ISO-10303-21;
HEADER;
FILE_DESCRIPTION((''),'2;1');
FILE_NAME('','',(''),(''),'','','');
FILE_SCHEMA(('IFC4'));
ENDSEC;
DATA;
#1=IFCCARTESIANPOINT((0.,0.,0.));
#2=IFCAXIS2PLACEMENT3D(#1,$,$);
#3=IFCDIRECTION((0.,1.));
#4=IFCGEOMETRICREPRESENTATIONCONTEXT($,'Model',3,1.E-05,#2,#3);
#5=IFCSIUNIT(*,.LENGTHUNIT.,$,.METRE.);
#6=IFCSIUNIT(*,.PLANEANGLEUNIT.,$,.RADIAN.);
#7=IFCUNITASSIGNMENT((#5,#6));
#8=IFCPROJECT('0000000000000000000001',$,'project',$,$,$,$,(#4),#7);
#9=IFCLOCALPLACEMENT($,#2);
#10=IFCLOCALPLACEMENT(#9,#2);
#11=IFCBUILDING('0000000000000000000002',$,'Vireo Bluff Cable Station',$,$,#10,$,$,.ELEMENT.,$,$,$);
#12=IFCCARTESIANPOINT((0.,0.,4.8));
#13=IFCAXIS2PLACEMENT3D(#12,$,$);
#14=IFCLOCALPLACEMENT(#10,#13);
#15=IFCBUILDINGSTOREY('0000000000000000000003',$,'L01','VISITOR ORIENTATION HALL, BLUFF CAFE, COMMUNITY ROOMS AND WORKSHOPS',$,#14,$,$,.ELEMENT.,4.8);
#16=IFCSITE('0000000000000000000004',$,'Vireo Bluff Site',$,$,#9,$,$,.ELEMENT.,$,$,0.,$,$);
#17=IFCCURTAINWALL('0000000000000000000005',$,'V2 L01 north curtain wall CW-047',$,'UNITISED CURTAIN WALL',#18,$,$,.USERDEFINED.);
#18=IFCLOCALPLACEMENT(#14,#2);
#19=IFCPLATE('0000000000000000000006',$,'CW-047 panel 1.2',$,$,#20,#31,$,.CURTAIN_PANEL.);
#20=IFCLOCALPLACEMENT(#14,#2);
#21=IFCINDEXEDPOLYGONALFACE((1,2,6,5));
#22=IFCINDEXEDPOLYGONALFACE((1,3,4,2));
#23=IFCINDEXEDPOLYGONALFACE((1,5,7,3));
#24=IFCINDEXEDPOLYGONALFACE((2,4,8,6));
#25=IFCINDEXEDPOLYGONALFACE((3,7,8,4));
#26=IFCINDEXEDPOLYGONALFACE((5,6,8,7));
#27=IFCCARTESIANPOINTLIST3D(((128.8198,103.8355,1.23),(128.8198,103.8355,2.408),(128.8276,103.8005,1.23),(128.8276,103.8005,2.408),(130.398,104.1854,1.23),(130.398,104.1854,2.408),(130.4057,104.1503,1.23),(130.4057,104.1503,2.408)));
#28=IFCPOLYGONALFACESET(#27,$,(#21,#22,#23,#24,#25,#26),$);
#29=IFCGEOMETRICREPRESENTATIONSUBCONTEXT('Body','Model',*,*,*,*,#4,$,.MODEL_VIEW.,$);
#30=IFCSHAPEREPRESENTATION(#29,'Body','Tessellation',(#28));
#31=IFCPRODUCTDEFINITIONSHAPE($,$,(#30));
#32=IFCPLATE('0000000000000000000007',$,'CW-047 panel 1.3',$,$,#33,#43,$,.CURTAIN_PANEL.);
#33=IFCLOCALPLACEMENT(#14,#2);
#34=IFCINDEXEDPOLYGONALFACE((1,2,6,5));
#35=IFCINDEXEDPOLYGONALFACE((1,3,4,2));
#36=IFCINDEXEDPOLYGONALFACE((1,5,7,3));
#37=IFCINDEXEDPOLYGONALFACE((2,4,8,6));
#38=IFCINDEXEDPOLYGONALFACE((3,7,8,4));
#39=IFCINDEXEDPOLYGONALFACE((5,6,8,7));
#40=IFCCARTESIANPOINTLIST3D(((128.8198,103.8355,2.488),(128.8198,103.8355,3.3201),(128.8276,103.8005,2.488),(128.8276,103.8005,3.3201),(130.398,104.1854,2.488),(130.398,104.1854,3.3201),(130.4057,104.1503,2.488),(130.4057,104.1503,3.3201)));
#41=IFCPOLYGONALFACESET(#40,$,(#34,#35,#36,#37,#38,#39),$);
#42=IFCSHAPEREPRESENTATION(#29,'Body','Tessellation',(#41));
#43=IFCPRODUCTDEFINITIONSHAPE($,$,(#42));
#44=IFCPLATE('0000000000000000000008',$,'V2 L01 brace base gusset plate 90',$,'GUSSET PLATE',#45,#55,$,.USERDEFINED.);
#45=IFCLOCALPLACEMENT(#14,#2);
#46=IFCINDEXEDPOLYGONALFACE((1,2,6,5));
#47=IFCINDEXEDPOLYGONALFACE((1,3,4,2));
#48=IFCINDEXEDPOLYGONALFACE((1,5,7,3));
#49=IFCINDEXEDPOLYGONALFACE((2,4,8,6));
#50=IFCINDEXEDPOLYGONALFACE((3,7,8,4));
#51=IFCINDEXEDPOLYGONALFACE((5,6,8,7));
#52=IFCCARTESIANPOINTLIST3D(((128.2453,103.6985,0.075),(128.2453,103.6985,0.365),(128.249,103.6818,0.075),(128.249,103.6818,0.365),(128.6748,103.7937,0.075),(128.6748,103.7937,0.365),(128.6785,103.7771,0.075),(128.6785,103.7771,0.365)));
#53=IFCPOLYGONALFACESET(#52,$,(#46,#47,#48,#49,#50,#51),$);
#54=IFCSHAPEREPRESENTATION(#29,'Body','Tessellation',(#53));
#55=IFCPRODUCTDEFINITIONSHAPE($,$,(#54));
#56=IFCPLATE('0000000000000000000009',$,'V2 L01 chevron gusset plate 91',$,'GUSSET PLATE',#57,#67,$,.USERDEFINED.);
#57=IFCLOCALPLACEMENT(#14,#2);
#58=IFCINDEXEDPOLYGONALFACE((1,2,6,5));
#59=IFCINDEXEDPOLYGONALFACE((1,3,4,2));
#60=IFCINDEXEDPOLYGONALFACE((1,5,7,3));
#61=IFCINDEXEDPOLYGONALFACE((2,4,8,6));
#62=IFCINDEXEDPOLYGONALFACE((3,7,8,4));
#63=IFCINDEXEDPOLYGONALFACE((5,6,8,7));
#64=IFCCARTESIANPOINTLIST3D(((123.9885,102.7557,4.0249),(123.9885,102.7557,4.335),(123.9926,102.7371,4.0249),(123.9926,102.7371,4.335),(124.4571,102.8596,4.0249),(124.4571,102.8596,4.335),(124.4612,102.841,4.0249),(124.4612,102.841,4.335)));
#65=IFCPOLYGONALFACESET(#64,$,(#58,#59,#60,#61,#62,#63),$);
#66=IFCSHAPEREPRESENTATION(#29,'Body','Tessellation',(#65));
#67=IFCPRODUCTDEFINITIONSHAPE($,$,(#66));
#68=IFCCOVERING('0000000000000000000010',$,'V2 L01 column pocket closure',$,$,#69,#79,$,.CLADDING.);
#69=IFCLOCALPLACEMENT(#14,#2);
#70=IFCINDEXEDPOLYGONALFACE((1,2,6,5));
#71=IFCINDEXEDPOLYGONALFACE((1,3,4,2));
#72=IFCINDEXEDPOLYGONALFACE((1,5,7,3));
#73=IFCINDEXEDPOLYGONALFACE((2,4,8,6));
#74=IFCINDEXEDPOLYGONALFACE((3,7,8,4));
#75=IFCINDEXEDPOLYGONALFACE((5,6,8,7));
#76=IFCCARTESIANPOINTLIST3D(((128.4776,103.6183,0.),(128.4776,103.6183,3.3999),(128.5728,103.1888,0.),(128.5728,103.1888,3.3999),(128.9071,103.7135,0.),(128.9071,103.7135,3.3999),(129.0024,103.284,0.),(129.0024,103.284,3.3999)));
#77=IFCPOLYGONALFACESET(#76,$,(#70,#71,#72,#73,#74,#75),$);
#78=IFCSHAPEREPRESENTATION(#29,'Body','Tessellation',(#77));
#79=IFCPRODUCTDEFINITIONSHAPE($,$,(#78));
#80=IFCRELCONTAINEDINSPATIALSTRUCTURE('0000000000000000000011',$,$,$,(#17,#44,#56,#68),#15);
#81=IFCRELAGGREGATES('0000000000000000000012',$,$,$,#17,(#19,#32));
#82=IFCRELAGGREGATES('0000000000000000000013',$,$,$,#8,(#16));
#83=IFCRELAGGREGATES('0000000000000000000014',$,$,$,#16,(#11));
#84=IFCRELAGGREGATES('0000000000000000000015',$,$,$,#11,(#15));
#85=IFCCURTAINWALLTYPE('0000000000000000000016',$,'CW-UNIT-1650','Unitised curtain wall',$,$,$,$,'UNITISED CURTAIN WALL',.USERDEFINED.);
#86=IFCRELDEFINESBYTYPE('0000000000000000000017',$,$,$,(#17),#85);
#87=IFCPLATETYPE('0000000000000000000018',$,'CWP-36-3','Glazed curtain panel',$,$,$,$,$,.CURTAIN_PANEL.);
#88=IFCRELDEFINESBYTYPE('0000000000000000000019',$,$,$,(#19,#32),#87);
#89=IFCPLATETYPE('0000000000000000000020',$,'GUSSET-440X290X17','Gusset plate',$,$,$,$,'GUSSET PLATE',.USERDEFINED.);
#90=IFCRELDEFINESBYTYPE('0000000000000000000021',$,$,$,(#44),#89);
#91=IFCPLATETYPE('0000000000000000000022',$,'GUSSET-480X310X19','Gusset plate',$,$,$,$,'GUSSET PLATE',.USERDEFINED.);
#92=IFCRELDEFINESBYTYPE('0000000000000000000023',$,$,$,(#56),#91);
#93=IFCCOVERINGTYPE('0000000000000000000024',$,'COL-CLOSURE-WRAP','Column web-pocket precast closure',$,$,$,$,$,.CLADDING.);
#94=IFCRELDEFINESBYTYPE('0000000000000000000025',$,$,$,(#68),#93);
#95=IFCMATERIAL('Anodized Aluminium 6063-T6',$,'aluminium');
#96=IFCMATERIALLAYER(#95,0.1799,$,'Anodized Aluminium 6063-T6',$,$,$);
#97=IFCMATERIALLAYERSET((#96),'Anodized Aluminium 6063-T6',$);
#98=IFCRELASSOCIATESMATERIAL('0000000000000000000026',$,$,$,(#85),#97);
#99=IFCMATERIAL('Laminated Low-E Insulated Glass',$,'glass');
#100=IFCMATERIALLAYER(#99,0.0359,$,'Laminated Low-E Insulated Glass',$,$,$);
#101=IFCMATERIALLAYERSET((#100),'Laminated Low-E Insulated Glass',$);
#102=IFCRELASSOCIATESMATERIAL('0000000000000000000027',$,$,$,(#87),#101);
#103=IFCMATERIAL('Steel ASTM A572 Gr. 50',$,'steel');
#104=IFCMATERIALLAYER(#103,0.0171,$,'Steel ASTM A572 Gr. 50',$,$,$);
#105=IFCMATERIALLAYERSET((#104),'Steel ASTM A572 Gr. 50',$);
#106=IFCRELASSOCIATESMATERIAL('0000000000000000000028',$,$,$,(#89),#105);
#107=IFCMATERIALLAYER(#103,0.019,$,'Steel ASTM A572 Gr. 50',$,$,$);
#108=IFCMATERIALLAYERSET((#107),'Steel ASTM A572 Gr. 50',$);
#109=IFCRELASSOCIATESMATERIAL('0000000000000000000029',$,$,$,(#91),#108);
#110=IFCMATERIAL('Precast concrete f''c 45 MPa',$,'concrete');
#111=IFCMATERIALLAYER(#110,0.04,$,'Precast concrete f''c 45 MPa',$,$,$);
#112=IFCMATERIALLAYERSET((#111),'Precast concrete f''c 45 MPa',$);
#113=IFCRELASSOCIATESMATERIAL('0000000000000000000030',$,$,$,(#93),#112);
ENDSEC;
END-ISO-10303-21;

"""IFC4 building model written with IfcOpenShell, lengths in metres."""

from ifc_helpers import new_model, si_unit, direction, frame, origin, origin_2d, place, context, subcontext, project, spatial, rectangle, extrude, material, layer, layer_set, type_object, element, aggregate, save


model = new_model("IFC4")

# Units and contexts
model_context = context("Model", 3, precision=1e-05, world=origin(), true_north=direction((0.0, 1.0)))
body_context = subcontext(model_context, "Body", "Model", "MODEL_VIEW")
ifc_project = project(units=[si_unit("LENGTHUNIT", "METRE"), si_unit("PLANEANGLEUNIT", "RADIAN")], contexts=[model_context])

# Site, building, storey
site_placement = place(None, origin())
site = spatial("IfcSite", under=ifc_project, at=site_placement, Name="Vireo Bluff Site", CompositionType="ELEMENT", RefElevation=0.0)
building_placement = place(site_placement, origin())
building = spatial("IfcBuilding", under=site, at=building_placement, Name="Vireo Bluff Cable Station", CompositionType="ELEMENT")
storey_placement = place(building_placement, frame((0.0, 0.0, 4.8)))
storey = spatial("IfcBuildingStorey", under=building, at=storey_placement, Name="L01", Description="VISITOR ORIENTATION HALL, BLUFF CAFE, COMMUNITY ROOMS AND WORKSHOPS", CompositionType="ELEMENT", Elevation=4.8)

# Curtain wall
ifc_material_1 = material(Name="Anodized Aluminium 6063-T6", Category="aluminium")
ifc_layer_1 = layer(ifc_material_1, 0.1799, Name="Anodized Aluminium 6063-T6")
ifc_layer_set_1 = layer_set([ifc_layer_1], Name="Anodized Aluminium 6063-T6")
curtain_wall_type_1 = type_object("IfcCurtainWallType", Name="CW-UNIT-1650", Description="Unitised curtain wall", ElementType="UNITISED CURTAIN WALL", PredefinedType="USERDEFINED", material=ifc_layer_set_1)
curtain_wall_1_placement = place(storey_placement, origin())
curtain_wall_1 = element("IfcCurtainWall", 1, at=curtain_wall_1_placement, inside=storey, type_object=curtain_wall_type_1, Name="V2 L01 north curtain wall CW-047", ObjectType="UNITISED CURTAIN WALL", PredefinedType="USERDEFINED")

# Plates
ifc_material_2 = material(Name="Laminated Low-E Insulated Glass", Category="glass")
ifc_layer_2 = layer(ifc_material_2, 0.0359, Name="Laminated Low-E Insulated Glass")
ifc_layer_set_2 = layer_set([ifc_layer_2], Name="Laminated Low-E Insulated Glass")
plate_type_1 = type_object("IfcPlateType", Name="CWP-36-3", Description="Glazed curtain panel", PredefinedType="CURTAIN_PANEL", material=ifc_layer_set_2)
plate_1_placement = place(storey_placement, frame((129.6128, 103.9929, 1.23), z_axis=(0.0, 0.0, 1.0), x_axis=(0.976296, 0.21644, 0.0)))
plate_1 = element("IfcPlate", 2, at=plate_1_placement, type_object=plate_type_1, Name="CW-047 panel 1.2", PredefinedType="CURTAIN_PANEL", context=body_context, shape_type="SweptSolid", body=[
    extrude(rectangle(XDim=1.6165, YDim=0.0359, at=origin_2d()), origin(), (0.0, 0.0, 1.0), 1.178),
])
plate_2_placement = place(storey_placement, frame((129.6128, 103.9929, 2.488), z_axis=(0.0, 0.0, 1.0), x_axis=(0.976296, 0.21644, 0.0)))
plate_2 = element("IfcPlate", 3, at=plate_2_placement, type_object=plate_type_1, Name="CW-047 panel 1.3", PredefinedType="CURTAIN_PANEL", context=body_context, shape_type="SweptSolid", body=[
    extrude(rectangle(XDim=1.6165, YDim=0.0359, at=origin_2d()), origin(), (0.0, 0.0, 1.0), 0.832),
])
aggregate(curtain_wall_1, [plate_1, plate_2])

# Plates
ifc_material_3 = material(Name="Steel ASTM A572 Gr. 50", Category="steel")
ifc_layer_3 = layer(ifc_material_3, 0.0171, Name="Steel ASTM A572 Gr. 50")
ifc_layer_set_3 = layer_set([ifc_layer_3], Name="Steel ASTM A572 Gr. 50")
plate_type_2 = type_object("IfcPlateType", Name="GUSSET-440X290X17", Description="Gusset plate", ElementType="GUSSET PLATE", PredefinedType="USERDEFINED", material=ifc_layer_set_3)
plate_3_placement = place(storey_placement, frame((128.4619, 103.7378, 0.075), z_axis=(0.0, 0.0, 1.0), x_axis=(0.976296, 0.21644, 0.0)))
element("IfcPlate", 4, at=plate_3_placement, inside=storey, type_object=plate_type_2, Name="V2 L01 brace base gusset plate 90", ObjectType="GUSSET PLATE", PredefinedType="USERDEFINED", context=body_context, shape_type="SweptSolid", body=[
    extrude(rectangle(XDim=0.4399, YDim=0.0171, at=origin_2d()), origin(), (0.0, 0.0, 1.0), 0.29),
])
ifc_layer_4 = layer(ifc_material_3, 0.019, Name="Steel ASTM A572 Gr. 50")
ifc_layer_set_4 = layer_set([ifc_layer_4], Name="Steel ASTM A572 Gr. 50")
plate_type_3 = type_object("IfcPlateType", Name="GUSSET-480X310X19", Description="Gusset plate", ElementType="GUSSET PLATE", PredefinedType="USERDEFINED", material=ifc_layer_set_4)
plate_4_placement = place(storey_placement, frame((124.2249, 102.7983, 4.0249), z_axis=(0.0, 0.0, 1.0), x_axis=(0.976296, 0.21644, 0.0)))
element("IfcPlate", 5, at=plate_4_placement, inside=storey, type_object=plate_type_3, Name="V2 L01 chevron gusset plate 91", ObjectType="GUSSET PLATE", PredefinedType="USERDEFINED", context=body_context, shape_type="SweptSolid", body=[
    extrude(rectangle(XDim=0.48, YDim=0.019, at=origin_2d()), origin(), (0.0, 0.0, 1.0), 0.3101),
])

# Covering
ifc_material_4 = material(Name="Precast concrete f'c 45 MPa", Category="concrete")
ifc_layer_5 = layer(ifc_material_4, 0.04, Name="Precast concrete f'c 45 MPa")
ifc_layer_set_5 = layer_set([ifc_layer_5], Name="Precast concrete f'c 45 MPa")
covering_type = type_object("IfcCoveringType", Name="COL-CLOSURE-WRAP", Description="Column web-pocket precast closure", PredefinedType="CLADDING", material=ifc_layer_set_5)
covering_placement = place(storey_placement, frame((128.74, 103.4512, 0.0), z_axis=(0.0, 0.0, 1.0), x_axis=(0.976296, 0.21644, 0.0)))
element("IfcCovering", 6, at=covering_placement, inside=storey, type_object=covering_type, Name="V2 L01 column pocket closure", PredefinedType="CLADDING", context=body_context, shape_type="SweptSolid", body=[
    extrude(rectangle(XDim=0.4399, YDim=0.4399, at=origin_2d()), origin(), (0.0, 0.0, 1.0), 3.3999),
])

save(model, "model.ifc")
